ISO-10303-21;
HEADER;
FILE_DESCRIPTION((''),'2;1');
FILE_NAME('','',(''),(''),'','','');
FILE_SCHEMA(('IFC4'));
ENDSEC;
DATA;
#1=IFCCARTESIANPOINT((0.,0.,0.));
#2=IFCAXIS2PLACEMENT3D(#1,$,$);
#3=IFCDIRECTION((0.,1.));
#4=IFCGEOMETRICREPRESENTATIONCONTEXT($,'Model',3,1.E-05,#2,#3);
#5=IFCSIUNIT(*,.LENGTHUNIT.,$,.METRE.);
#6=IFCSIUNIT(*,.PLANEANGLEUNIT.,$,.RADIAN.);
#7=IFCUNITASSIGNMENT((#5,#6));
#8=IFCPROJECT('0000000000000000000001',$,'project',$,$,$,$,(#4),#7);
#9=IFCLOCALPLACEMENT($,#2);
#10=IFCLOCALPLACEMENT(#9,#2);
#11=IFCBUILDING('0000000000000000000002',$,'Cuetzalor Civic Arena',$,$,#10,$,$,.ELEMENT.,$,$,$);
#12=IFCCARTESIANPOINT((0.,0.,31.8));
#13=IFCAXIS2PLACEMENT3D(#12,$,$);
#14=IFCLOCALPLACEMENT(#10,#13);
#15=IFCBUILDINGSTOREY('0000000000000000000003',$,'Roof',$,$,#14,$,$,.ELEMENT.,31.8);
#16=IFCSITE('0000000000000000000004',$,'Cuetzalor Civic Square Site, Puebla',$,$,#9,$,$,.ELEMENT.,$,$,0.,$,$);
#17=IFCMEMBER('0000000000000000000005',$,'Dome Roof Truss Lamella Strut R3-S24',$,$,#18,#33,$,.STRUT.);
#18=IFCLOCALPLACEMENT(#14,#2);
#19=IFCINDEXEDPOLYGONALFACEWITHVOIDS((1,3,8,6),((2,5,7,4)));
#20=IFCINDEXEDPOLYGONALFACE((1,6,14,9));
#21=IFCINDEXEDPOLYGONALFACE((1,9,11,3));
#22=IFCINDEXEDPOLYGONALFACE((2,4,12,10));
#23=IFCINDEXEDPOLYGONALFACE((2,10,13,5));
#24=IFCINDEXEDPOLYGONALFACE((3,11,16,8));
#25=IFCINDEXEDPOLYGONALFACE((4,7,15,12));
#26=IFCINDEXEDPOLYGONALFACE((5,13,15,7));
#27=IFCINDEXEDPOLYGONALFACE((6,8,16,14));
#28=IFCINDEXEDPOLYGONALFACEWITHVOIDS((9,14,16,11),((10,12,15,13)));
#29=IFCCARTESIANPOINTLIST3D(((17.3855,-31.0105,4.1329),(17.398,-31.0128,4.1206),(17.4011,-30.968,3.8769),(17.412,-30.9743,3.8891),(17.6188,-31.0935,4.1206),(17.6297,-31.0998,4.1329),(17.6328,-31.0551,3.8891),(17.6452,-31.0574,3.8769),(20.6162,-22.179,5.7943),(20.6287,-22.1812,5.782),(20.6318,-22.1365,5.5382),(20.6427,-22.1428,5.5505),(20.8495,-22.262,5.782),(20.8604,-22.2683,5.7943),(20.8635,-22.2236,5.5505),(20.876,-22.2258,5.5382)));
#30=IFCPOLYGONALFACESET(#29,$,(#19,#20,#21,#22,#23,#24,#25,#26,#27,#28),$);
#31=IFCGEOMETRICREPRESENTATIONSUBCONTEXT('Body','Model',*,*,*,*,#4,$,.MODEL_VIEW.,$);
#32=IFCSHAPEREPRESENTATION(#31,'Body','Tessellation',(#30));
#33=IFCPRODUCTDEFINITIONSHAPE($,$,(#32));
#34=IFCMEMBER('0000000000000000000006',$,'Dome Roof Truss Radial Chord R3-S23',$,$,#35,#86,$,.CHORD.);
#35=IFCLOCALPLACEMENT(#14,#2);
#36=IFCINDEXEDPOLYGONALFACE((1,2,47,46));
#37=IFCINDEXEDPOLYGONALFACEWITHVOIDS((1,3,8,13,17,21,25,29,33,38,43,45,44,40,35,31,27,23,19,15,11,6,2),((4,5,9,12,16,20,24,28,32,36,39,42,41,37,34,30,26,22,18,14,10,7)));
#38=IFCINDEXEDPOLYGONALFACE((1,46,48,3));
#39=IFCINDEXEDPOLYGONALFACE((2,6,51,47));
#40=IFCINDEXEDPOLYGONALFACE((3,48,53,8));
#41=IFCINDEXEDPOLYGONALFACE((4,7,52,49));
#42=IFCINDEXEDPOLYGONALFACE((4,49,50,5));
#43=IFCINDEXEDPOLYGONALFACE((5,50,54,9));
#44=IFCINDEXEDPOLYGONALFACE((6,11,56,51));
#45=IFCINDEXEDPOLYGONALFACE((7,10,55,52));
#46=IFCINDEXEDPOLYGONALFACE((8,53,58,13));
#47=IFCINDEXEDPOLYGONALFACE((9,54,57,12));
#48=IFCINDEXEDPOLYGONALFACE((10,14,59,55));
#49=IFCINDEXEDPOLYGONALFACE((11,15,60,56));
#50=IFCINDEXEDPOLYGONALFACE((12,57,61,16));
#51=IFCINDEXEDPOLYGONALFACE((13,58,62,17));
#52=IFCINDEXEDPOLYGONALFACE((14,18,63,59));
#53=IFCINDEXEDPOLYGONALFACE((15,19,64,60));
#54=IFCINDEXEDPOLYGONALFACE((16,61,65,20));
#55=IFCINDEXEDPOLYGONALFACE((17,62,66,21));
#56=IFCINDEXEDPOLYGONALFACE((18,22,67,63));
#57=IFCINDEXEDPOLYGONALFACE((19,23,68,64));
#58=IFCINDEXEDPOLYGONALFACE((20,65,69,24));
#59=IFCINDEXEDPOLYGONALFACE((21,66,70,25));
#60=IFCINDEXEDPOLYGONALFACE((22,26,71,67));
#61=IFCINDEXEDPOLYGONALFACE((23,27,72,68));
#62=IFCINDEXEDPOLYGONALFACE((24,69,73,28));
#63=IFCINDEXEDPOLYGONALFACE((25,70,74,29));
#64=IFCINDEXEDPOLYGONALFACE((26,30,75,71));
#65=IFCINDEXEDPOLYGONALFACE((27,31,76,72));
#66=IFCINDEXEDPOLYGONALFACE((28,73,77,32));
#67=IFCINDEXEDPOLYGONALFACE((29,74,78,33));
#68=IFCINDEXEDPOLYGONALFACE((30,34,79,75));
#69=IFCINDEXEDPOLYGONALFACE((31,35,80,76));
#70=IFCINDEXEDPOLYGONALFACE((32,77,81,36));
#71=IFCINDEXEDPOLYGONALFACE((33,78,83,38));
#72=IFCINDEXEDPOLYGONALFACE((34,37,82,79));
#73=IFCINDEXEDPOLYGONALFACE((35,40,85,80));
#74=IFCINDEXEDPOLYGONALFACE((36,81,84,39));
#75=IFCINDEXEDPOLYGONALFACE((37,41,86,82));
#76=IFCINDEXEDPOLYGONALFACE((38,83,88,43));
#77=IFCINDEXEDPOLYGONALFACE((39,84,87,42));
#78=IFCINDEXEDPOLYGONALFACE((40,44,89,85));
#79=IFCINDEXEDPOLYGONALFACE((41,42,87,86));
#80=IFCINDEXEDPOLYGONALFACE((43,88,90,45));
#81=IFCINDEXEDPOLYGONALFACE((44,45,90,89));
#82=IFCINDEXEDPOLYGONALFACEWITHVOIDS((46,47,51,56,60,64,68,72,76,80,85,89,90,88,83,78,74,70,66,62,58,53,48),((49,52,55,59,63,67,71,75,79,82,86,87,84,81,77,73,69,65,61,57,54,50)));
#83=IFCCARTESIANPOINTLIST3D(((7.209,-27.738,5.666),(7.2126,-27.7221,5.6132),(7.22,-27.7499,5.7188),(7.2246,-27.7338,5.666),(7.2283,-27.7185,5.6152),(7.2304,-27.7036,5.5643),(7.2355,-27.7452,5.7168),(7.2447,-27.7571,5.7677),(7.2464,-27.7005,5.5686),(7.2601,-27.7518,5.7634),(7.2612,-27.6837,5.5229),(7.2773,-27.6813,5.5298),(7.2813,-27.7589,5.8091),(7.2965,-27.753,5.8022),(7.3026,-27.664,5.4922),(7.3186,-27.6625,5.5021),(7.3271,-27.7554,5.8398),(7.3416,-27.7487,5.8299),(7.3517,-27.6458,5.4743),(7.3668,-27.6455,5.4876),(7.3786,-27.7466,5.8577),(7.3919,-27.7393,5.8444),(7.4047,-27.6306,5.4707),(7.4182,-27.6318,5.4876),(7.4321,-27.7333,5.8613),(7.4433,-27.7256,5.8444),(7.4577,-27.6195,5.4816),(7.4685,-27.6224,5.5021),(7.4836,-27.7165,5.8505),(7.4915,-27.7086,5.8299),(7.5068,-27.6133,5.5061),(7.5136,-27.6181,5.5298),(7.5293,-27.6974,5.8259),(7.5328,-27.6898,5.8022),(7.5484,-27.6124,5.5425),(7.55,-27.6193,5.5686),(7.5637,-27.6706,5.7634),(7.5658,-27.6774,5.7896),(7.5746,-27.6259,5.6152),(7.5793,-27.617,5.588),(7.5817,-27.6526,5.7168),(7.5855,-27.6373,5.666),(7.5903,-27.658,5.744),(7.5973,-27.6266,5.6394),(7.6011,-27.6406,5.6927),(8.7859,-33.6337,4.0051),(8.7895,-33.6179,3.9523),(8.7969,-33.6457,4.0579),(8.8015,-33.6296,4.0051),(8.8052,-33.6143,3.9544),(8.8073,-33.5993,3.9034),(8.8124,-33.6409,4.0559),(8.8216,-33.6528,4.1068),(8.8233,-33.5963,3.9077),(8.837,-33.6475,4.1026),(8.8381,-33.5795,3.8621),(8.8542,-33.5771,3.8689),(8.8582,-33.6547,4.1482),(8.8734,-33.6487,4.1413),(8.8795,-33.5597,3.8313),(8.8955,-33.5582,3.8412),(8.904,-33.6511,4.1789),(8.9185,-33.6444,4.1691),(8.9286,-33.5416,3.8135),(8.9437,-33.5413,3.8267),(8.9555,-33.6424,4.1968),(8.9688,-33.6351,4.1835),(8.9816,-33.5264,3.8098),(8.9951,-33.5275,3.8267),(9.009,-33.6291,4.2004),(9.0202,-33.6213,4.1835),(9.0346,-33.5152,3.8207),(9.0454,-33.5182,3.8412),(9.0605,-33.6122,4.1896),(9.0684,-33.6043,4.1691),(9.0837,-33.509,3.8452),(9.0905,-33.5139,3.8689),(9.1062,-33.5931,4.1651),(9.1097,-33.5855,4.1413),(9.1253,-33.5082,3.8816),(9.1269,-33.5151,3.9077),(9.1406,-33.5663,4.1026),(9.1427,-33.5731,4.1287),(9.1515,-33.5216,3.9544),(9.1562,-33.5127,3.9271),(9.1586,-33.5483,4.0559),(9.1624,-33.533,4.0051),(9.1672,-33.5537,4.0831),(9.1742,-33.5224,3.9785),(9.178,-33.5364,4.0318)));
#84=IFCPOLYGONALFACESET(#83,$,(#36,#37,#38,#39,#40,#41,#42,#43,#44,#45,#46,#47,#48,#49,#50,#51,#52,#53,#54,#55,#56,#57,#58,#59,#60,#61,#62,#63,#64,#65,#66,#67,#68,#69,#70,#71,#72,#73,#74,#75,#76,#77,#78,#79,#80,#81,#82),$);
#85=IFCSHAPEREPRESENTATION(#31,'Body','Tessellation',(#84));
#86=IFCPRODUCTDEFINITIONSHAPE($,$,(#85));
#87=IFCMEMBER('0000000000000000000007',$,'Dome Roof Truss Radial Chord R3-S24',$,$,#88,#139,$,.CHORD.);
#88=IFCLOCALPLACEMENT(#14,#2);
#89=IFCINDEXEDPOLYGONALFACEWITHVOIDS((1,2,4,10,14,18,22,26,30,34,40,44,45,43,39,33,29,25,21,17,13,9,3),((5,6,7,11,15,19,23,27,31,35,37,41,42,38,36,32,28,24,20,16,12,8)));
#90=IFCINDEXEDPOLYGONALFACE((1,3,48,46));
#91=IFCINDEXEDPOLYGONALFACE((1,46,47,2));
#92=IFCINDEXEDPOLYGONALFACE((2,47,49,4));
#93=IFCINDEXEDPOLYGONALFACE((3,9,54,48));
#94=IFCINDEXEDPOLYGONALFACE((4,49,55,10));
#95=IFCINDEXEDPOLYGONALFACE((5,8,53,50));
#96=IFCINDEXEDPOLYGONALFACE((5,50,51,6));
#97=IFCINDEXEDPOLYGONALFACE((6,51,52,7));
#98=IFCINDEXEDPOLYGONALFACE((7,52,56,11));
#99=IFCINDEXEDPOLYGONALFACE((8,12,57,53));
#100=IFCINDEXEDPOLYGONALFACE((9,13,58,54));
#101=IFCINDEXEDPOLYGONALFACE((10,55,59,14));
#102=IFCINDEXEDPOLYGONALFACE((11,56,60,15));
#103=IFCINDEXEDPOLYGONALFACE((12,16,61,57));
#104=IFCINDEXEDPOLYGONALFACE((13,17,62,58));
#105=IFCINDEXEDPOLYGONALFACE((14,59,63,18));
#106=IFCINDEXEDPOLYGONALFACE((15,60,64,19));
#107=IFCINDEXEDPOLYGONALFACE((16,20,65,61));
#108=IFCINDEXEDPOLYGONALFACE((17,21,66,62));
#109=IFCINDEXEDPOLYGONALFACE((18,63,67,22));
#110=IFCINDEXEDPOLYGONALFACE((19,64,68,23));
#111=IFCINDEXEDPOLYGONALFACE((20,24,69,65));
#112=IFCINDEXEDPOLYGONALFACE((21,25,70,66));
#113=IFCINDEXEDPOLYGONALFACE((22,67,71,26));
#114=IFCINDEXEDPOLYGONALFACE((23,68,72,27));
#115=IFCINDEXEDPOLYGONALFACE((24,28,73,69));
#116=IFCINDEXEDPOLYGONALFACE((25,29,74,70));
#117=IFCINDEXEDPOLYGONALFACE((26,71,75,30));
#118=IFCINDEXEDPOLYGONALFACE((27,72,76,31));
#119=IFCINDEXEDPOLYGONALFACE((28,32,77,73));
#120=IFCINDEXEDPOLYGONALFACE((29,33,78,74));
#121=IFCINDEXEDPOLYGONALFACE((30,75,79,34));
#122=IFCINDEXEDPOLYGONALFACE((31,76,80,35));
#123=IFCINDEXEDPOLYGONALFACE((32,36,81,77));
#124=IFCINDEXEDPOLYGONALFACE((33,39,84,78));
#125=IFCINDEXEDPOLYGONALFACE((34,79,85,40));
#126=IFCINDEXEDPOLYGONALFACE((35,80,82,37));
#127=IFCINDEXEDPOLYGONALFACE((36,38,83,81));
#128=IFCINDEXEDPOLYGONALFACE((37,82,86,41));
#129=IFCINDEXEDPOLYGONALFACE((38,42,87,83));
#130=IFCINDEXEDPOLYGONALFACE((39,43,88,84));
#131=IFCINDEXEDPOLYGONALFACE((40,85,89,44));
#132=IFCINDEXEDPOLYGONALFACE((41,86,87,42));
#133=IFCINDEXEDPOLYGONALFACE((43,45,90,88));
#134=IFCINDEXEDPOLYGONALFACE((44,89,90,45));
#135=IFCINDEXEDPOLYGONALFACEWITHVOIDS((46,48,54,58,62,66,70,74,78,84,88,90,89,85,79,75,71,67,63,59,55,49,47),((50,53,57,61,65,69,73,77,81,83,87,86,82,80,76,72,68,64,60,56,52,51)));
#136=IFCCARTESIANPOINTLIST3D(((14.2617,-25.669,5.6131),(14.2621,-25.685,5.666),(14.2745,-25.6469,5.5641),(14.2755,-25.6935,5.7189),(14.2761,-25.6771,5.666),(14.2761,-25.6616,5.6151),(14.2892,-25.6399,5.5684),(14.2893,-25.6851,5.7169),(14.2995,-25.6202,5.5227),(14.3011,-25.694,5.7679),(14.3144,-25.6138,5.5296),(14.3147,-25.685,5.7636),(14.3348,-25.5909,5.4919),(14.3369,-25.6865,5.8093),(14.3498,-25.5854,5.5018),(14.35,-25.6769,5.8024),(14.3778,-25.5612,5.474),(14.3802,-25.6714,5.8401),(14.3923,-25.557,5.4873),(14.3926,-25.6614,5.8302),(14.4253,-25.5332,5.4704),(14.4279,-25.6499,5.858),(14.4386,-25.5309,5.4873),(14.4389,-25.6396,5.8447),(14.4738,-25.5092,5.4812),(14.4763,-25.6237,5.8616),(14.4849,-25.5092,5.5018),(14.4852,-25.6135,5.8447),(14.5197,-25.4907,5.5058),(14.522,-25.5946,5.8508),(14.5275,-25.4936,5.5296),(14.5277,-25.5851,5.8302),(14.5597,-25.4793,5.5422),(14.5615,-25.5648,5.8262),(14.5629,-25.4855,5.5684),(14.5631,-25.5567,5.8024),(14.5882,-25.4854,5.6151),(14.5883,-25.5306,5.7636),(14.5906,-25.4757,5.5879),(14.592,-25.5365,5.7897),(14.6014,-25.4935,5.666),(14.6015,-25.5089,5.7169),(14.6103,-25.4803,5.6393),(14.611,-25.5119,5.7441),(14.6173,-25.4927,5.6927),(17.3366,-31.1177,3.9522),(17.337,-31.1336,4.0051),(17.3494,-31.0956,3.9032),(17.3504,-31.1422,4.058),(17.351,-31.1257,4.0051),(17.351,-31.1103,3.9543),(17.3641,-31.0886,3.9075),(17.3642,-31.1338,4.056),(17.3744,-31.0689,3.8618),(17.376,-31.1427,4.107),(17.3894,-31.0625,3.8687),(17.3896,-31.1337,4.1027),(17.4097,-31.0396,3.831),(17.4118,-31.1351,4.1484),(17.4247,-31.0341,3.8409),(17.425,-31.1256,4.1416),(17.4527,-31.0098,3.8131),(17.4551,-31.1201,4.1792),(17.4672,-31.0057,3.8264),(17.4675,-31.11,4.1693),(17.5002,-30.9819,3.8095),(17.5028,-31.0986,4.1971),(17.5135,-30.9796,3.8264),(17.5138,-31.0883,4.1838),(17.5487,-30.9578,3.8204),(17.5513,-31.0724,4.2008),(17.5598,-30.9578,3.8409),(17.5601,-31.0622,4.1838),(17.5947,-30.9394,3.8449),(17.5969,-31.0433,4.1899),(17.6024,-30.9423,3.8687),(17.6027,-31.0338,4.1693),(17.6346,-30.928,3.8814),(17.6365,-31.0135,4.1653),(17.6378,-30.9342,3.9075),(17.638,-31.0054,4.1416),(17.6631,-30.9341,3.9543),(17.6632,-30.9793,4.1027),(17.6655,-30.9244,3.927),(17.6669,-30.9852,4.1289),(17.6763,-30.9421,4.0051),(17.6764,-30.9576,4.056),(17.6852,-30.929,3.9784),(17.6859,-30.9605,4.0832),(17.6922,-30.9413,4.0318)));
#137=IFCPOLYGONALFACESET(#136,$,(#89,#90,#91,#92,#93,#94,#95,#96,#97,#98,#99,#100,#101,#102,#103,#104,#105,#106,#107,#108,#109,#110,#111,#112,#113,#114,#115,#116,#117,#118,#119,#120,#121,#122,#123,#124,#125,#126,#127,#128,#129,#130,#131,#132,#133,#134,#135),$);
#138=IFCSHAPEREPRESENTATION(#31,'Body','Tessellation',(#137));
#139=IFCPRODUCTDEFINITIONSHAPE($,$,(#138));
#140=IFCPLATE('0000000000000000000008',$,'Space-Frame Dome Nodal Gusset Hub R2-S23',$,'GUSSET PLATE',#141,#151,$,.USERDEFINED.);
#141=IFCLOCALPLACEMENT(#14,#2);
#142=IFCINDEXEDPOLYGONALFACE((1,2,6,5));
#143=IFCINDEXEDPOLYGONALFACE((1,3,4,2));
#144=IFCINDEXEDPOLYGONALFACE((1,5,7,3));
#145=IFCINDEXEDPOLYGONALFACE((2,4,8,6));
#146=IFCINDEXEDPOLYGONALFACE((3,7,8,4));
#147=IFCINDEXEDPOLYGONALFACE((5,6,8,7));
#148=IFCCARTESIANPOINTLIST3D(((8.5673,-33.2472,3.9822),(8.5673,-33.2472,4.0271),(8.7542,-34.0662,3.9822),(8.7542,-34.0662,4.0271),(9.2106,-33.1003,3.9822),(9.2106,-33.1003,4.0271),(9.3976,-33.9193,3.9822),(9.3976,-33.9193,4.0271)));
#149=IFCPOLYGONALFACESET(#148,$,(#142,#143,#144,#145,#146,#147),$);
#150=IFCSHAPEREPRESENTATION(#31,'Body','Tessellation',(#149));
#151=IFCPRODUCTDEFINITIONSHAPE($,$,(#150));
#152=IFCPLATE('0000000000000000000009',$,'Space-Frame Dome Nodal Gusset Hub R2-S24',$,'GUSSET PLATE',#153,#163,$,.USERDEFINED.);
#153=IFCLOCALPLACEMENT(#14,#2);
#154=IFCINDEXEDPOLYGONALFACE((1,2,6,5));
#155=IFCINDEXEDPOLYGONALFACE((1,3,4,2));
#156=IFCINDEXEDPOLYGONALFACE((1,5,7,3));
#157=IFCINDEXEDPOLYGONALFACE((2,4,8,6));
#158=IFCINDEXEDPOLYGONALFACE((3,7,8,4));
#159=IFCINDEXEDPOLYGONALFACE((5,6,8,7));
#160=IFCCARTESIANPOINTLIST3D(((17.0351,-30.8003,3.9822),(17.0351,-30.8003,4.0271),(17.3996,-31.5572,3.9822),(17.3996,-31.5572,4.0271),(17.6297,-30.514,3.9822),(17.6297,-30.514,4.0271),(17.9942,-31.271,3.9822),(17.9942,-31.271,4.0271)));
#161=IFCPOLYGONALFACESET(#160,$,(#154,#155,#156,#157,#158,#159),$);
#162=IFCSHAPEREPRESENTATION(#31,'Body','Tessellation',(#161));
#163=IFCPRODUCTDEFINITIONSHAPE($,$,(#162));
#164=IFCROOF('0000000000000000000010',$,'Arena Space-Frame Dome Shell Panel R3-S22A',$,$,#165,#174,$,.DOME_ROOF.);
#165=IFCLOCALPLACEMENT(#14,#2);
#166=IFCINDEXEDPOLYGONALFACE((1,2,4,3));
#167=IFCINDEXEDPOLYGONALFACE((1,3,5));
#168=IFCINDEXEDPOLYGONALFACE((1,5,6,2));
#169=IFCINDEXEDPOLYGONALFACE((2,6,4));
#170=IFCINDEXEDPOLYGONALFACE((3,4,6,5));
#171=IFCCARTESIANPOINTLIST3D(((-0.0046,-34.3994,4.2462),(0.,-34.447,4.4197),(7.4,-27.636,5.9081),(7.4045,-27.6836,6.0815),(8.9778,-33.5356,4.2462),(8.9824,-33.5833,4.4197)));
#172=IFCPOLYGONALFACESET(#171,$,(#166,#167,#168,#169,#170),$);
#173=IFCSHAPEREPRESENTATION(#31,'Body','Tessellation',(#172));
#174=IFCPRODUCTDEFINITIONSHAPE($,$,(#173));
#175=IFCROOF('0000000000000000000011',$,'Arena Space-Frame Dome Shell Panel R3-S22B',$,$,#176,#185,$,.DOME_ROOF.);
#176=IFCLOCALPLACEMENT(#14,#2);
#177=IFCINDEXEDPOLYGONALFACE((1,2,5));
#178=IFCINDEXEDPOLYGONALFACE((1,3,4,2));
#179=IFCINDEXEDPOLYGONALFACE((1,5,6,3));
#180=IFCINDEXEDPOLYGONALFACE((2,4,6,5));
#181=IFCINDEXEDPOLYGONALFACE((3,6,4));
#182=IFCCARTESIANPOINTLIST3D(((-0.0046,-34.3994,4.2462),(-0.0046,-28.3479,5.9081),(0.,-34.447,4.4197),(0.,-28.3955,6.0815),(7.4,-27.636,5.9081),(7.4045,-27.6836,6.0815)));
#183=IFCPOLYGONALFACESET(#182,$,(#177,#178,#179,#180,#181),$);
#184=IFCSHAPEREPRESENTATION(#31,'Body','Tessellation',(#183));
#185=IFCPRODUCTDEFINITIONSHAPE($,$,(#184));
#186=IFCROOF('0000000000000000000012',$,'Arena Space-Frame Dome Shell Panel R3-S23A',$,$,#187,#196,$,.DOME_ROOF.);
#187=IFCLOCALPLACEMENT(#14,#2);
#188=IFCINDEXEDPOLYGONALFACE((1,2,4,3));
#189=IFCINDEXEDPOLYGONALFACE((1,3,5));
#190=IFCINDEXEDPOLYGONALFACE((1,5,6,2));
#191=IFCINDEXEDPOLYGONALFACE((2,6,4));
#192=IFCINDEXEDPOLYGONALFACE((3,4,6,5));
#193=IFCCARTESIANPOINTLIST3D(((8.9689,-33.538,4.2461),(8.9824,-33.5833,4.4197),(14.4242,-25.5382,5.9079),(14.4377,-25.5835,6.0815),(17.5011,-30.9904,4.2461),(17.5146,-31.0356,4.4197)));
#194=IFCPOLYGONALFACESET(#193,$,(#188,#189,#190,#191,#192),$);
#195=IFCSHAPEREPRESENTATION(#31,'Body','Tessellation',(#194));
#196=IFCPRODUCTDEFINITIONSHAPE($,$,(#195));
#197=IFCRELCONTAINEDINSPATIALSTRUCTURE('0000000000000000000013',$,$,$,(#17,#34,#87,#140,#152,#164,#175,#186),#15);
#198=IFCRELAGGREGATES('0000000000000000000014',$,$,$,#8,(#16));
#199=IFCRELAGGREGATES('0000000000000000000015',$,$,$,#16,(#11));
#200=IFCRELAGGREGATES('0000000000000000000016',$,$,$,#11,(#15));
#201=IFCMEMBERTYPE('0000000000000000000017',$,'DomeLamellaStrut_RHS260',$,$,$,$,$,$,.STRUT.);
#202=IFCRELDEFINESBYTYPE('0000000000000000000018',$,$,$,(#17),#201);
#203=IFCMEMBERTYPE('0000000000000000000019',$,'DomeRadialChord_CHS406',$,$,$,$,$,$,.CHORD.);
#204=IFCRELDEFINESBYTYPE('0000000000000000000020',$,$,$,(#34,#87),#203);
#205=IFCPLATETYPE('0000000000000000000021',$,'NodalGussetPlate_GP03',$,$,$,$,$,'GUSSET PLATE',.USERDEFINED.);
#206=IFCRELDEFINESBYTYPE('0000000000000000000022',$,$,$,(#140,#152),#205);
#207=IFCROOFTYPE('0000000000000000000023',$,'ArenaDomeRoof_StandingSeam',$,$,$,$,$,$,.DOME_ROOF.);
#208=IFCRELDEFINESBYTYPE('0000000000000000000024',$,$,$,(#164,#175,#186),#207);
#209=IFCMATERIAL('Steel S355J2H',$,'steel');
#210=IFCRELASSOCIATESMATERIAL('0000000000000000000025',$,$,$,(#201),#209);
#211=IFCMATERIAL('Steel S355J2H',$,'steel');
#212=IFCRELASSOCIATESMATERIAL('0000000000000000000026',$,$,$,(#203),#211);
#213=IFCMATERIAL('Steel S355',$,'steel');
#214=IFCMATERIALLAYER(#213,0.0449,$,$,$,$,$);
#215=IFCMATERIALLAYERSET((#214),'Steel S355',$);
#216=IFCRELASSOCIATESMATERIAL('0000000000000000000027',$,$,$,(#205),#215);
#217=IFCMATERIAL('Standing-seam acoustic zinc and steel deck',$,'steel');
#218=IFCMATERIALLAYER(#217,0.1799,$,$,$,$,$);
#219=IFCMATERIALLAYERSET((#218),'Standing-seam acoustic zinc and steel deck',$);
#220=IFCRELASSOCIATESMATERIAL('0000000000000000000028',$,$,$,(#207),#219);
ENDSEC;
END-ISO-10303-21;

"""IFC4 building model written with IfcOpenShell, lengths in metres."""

from ifc_helpers import new_model, si_unit, direction, frame, origin, origin_2d, place, context, subcontext, project, spatial, polyline, rectangle, hollow_rectangle, hollow_circle, outline, extrude, material, layer, layer_set, material_profile, profile_set, type_object, element, save


model = new_model("IFC4")

# Units and contexts
model_context = context("Model", 3, precision=1e-05, world=origin(), true_north=direction((0.0, 1.0)))
body_context = subcontext(model_context, "Body", "Model", "MODEL_VIEW")
ifc_project = project(units=[si_unit("LENGTHUNIT", "METRE"), si_unit("PLANEANGLEUNIT", "RADIAN")], contexts=[model_context])

# Site, building, storey
site_placement = place(None, origin())
site = spatial("IfcSite", under=ifc_project, at=site_placement, Name="Cuetzalor Civic Square Site, Puebla", CompositionType="ELEMENT", RefElevation=0.0)
building_placement = place(site_placement, origin())
building = spatial("IfcBuilding", under=site, at=building_placement, Name="Cuetzalor Civic Arena", CompositionType="ELEMENT")
storey_placement = place(building_placement, frame((0.0, 0.0, 31.8)))
storey = spatial("IfcBuildingStorey", under=building, at=storey_placement, Name="Roof", CompositionType="ELEMENT", Elevation=31.8)

# Members
ifc_material_1 = material(Name="Steel S355J2H", Category="steel")
ifc_material_profile_1 = material_profile(ifc_material_1, hollow_rectangle(XDim=0.26, YDim=0.26, WallThickness=0.0125, at=origin_2d()), Name="RHS 260x260x12.5")
ifc_profile_set_1 = profile_set([ifc_material_profile_1], Name="Steel S355J2H")
member_type_1 = type_object("IfcMemberType", Name="DomeLamellaStrut_RHS260", PredefinedType="STRUT", material=ifc_profile_set_1)
member_1_placement = place(storey_placement, frame((17.5154, -31.0339, 4.0049), z_axis=(0.338311, 0.924813, 0.173974), x_axis=(-0.939134, 0.34355, 0.0)))
element("IfcMember", 1, at=member_1_placement, inside=storey, type_object=member_type_1, Name="Dome Roof Truss Lamella Strut R3-S24", PredefinedType="STRUT", context=body_context, shape_type="SweptSolid", body=[
    extrude(hollow_rectangle(XDim=0.26, YDim=0.26, WallThickness=0.0125, at=origin_2d()), origin(), (0.0, 0.0, 1.0), 9.5496),
])
ifc_material_2 = material(Name="Steel S355J2H", Category="steel")
ifc_material_profile_2 = material_profile(ifc_material_2, hollow_circle(Radius=0.2029, WallThickness=0.0161, at=origin_2d()), Name="CHS 406x16")
ifc_profile_set_2 = profile_set([ifc_material_profile_2], Name="Steel S355J2H")
member_type_2 = type_object("IfcMemberType", Name="DomeRadialChord_CHS406", PredefinedType="CHORD", material=ifc_profile_set_2)
member_2_placement = place(storey_placement, frame((8.9819, -33.5813, 4.0051), z_axis=(-0.249315, 0.932141, 0.262593), x_axis=(-0.966043, -0.258382, 0.0)))
element("IfcMember", 2, at=member_2_placement, inside=storey, type_object=member_type_2, Name="Dome Roof Truss Radial Chord R3-S23", PredefinedType="CHORD", context=body_context, shape_type="SweptSolid", body=[
    extrude(hollow_circle(Radius=0.2029, WallThickness=0.0161, at=origin_2d()), origin(), (0.0, 0.0, 1.0), 6.325),
])
member_3_placement = place(storey_placement, frame((17.5137, -31.0339, 4.0051), z_axis=(-0.475027, 0.841735, 0.256579), x_axis=(-0.870889, -0.49148, 0.0)))
element("IfcMember", 3, at=member_3_placement, inside=storey, type_object=member_type_2, Name="Dome Roof Truss Radial Chord R3-S24", PredefinedType="CHORD", context=body_context, shape_type="SweptSolid", body=[
    extrude(hollow_circle(Radius=0.2029, WallThickness=0.0161, at=origin_2d()), origin(), (0.0, 0.0, 1.0), 6.4731),
])

# Plates
ifc_material_3 = material(Name="Steel S355", Category="steel")
ifc_layer_1 = layer(ifc_material_3, 0.0449)
ifc_layer_set_1 = layer_set([ifc_layer_1], Name="Steel S355")
plate_type = type_object("IfcPlateType", Name="NodalGussetPlate_GP03", ElementType="GUSSET PLATE", PredefinedType="USERDEFINED", material=ifc_layer_set_1)
for number, where, z_axis, x_axis, name in (
    (4, (8.9824, -33.5833, 3.9822), (0.0, 0.0, 1.0), (0.22257, -0.974917, 0.0), "Space-Frame Dome Nodal Gusset Hub R2-S23"),
    (5, (17.5146, -31.0356, 3.9822), (0.0, 0.0, 1.0), (0.433816, -0.901001, 0.0), "Space-Frame Dome Nodal Gusset Hub R2-S24"),
):
    element("IfcPlate", number, at=place(storey_placement, frame(where, z_axis=z_axis, x_axis=x_axis)), inside=storey, type_object=plate_type, Name=name, ObjectType="GUSSET PLATE", PredefinedType="USERDEFINED", context=body_context, shape_type="SweptSolid", body=[
        extrude(rectangle(XDim=0.8401, YDim=0.6599, at=origin_2d()), origin(), (0.0, 0.0, 1.0), 0.0449),
    ])

# Roofs
ifc_material_4 = material(Name="Standing-seam acoustic zinc and steel deck", Category="steel")
ifc_layer_2 = layer(ifc_material_4, 0.1799)
ifc_layer_set_2 = layer_set([ifc_layer_2], Name="Standing-seam acoustic zinc and steel deck")
roof_type = type_object("IfcRoofType", Name="ArenaDomeRoof_StandingSeam", PredefinedType="DOME_ROOF", material=ifc_layer_set_2)
roof_1_placement = place(storey_placement, frame((0.0, -34.447, 4.4197), z_axis=(0.025457, -0.264735, 0.963985), x_axis=(0.995408, 0.095721, 0.0)))
element("IfcRoof", 6, at=roof_1_placement, inside=storey, type_object=roof_type, Name="Arena Space-Frame Dome Shell Panel R3-S22A", PredefinedType="DOME_ROOF", context=body_context, shape_type="SweptSolid", body=[
    extrude(outline(polyline([(0.0, 0.0), (9.0239, 0.0), (8.0179, 6.2486), (0.0, 0.0)])), origin(), (0.0, 0.0, -1.0), 0.1799),
])
roof_2_placement = place(storey_placement, frame((0.0, -34.447, 4.4197), z_axis=(0.025453, -0.26473, 0.963987), x_axis=(0.728415, 0.665346, 0.163484)))
element("IfcRoof", 7, at=roof_2_placement, inside=storey, type_object=roof_type, Name="Arena Space-Frame Dome Shell Panel R3-S22B", PredefinedType="DOME_ROOF", context=body_context, shape_type="SweptSolid", body=[
    extrude(outline(polyline([(0.0, 0.0), (10.1653, 0.0), (4.298, 4.5727), (0.0, 0.0)])), origin(), (0.0, 0.0, -1.0), 0.1799),
])
roof_3_placement = place(storey_placement, frame((8.9824, -33.5833, 4.4197), z_axis=(0.075152, -0.251694, 0.964885), x_axis=(0.958198, 0.286105, 0.0)))
element("IfcRoof", 8, at=roof_3_placement, inside=storey, type_object=roof_type, Name="Arena Space-Frame Dome Shell Panel R3-S23A", PredefinedType="DOME_ROOF", context=body_context, shape_type="SweptSolid", body=[
    extrude(outline(polyline([(0.0, 0.0), (8.9044, 0.0), (7.5161, 6.3267), (0.0, 0.0)])), origin(), (0.0, 0.0, -1.0), 0.1799),
])

save(model, "model.ifc")
